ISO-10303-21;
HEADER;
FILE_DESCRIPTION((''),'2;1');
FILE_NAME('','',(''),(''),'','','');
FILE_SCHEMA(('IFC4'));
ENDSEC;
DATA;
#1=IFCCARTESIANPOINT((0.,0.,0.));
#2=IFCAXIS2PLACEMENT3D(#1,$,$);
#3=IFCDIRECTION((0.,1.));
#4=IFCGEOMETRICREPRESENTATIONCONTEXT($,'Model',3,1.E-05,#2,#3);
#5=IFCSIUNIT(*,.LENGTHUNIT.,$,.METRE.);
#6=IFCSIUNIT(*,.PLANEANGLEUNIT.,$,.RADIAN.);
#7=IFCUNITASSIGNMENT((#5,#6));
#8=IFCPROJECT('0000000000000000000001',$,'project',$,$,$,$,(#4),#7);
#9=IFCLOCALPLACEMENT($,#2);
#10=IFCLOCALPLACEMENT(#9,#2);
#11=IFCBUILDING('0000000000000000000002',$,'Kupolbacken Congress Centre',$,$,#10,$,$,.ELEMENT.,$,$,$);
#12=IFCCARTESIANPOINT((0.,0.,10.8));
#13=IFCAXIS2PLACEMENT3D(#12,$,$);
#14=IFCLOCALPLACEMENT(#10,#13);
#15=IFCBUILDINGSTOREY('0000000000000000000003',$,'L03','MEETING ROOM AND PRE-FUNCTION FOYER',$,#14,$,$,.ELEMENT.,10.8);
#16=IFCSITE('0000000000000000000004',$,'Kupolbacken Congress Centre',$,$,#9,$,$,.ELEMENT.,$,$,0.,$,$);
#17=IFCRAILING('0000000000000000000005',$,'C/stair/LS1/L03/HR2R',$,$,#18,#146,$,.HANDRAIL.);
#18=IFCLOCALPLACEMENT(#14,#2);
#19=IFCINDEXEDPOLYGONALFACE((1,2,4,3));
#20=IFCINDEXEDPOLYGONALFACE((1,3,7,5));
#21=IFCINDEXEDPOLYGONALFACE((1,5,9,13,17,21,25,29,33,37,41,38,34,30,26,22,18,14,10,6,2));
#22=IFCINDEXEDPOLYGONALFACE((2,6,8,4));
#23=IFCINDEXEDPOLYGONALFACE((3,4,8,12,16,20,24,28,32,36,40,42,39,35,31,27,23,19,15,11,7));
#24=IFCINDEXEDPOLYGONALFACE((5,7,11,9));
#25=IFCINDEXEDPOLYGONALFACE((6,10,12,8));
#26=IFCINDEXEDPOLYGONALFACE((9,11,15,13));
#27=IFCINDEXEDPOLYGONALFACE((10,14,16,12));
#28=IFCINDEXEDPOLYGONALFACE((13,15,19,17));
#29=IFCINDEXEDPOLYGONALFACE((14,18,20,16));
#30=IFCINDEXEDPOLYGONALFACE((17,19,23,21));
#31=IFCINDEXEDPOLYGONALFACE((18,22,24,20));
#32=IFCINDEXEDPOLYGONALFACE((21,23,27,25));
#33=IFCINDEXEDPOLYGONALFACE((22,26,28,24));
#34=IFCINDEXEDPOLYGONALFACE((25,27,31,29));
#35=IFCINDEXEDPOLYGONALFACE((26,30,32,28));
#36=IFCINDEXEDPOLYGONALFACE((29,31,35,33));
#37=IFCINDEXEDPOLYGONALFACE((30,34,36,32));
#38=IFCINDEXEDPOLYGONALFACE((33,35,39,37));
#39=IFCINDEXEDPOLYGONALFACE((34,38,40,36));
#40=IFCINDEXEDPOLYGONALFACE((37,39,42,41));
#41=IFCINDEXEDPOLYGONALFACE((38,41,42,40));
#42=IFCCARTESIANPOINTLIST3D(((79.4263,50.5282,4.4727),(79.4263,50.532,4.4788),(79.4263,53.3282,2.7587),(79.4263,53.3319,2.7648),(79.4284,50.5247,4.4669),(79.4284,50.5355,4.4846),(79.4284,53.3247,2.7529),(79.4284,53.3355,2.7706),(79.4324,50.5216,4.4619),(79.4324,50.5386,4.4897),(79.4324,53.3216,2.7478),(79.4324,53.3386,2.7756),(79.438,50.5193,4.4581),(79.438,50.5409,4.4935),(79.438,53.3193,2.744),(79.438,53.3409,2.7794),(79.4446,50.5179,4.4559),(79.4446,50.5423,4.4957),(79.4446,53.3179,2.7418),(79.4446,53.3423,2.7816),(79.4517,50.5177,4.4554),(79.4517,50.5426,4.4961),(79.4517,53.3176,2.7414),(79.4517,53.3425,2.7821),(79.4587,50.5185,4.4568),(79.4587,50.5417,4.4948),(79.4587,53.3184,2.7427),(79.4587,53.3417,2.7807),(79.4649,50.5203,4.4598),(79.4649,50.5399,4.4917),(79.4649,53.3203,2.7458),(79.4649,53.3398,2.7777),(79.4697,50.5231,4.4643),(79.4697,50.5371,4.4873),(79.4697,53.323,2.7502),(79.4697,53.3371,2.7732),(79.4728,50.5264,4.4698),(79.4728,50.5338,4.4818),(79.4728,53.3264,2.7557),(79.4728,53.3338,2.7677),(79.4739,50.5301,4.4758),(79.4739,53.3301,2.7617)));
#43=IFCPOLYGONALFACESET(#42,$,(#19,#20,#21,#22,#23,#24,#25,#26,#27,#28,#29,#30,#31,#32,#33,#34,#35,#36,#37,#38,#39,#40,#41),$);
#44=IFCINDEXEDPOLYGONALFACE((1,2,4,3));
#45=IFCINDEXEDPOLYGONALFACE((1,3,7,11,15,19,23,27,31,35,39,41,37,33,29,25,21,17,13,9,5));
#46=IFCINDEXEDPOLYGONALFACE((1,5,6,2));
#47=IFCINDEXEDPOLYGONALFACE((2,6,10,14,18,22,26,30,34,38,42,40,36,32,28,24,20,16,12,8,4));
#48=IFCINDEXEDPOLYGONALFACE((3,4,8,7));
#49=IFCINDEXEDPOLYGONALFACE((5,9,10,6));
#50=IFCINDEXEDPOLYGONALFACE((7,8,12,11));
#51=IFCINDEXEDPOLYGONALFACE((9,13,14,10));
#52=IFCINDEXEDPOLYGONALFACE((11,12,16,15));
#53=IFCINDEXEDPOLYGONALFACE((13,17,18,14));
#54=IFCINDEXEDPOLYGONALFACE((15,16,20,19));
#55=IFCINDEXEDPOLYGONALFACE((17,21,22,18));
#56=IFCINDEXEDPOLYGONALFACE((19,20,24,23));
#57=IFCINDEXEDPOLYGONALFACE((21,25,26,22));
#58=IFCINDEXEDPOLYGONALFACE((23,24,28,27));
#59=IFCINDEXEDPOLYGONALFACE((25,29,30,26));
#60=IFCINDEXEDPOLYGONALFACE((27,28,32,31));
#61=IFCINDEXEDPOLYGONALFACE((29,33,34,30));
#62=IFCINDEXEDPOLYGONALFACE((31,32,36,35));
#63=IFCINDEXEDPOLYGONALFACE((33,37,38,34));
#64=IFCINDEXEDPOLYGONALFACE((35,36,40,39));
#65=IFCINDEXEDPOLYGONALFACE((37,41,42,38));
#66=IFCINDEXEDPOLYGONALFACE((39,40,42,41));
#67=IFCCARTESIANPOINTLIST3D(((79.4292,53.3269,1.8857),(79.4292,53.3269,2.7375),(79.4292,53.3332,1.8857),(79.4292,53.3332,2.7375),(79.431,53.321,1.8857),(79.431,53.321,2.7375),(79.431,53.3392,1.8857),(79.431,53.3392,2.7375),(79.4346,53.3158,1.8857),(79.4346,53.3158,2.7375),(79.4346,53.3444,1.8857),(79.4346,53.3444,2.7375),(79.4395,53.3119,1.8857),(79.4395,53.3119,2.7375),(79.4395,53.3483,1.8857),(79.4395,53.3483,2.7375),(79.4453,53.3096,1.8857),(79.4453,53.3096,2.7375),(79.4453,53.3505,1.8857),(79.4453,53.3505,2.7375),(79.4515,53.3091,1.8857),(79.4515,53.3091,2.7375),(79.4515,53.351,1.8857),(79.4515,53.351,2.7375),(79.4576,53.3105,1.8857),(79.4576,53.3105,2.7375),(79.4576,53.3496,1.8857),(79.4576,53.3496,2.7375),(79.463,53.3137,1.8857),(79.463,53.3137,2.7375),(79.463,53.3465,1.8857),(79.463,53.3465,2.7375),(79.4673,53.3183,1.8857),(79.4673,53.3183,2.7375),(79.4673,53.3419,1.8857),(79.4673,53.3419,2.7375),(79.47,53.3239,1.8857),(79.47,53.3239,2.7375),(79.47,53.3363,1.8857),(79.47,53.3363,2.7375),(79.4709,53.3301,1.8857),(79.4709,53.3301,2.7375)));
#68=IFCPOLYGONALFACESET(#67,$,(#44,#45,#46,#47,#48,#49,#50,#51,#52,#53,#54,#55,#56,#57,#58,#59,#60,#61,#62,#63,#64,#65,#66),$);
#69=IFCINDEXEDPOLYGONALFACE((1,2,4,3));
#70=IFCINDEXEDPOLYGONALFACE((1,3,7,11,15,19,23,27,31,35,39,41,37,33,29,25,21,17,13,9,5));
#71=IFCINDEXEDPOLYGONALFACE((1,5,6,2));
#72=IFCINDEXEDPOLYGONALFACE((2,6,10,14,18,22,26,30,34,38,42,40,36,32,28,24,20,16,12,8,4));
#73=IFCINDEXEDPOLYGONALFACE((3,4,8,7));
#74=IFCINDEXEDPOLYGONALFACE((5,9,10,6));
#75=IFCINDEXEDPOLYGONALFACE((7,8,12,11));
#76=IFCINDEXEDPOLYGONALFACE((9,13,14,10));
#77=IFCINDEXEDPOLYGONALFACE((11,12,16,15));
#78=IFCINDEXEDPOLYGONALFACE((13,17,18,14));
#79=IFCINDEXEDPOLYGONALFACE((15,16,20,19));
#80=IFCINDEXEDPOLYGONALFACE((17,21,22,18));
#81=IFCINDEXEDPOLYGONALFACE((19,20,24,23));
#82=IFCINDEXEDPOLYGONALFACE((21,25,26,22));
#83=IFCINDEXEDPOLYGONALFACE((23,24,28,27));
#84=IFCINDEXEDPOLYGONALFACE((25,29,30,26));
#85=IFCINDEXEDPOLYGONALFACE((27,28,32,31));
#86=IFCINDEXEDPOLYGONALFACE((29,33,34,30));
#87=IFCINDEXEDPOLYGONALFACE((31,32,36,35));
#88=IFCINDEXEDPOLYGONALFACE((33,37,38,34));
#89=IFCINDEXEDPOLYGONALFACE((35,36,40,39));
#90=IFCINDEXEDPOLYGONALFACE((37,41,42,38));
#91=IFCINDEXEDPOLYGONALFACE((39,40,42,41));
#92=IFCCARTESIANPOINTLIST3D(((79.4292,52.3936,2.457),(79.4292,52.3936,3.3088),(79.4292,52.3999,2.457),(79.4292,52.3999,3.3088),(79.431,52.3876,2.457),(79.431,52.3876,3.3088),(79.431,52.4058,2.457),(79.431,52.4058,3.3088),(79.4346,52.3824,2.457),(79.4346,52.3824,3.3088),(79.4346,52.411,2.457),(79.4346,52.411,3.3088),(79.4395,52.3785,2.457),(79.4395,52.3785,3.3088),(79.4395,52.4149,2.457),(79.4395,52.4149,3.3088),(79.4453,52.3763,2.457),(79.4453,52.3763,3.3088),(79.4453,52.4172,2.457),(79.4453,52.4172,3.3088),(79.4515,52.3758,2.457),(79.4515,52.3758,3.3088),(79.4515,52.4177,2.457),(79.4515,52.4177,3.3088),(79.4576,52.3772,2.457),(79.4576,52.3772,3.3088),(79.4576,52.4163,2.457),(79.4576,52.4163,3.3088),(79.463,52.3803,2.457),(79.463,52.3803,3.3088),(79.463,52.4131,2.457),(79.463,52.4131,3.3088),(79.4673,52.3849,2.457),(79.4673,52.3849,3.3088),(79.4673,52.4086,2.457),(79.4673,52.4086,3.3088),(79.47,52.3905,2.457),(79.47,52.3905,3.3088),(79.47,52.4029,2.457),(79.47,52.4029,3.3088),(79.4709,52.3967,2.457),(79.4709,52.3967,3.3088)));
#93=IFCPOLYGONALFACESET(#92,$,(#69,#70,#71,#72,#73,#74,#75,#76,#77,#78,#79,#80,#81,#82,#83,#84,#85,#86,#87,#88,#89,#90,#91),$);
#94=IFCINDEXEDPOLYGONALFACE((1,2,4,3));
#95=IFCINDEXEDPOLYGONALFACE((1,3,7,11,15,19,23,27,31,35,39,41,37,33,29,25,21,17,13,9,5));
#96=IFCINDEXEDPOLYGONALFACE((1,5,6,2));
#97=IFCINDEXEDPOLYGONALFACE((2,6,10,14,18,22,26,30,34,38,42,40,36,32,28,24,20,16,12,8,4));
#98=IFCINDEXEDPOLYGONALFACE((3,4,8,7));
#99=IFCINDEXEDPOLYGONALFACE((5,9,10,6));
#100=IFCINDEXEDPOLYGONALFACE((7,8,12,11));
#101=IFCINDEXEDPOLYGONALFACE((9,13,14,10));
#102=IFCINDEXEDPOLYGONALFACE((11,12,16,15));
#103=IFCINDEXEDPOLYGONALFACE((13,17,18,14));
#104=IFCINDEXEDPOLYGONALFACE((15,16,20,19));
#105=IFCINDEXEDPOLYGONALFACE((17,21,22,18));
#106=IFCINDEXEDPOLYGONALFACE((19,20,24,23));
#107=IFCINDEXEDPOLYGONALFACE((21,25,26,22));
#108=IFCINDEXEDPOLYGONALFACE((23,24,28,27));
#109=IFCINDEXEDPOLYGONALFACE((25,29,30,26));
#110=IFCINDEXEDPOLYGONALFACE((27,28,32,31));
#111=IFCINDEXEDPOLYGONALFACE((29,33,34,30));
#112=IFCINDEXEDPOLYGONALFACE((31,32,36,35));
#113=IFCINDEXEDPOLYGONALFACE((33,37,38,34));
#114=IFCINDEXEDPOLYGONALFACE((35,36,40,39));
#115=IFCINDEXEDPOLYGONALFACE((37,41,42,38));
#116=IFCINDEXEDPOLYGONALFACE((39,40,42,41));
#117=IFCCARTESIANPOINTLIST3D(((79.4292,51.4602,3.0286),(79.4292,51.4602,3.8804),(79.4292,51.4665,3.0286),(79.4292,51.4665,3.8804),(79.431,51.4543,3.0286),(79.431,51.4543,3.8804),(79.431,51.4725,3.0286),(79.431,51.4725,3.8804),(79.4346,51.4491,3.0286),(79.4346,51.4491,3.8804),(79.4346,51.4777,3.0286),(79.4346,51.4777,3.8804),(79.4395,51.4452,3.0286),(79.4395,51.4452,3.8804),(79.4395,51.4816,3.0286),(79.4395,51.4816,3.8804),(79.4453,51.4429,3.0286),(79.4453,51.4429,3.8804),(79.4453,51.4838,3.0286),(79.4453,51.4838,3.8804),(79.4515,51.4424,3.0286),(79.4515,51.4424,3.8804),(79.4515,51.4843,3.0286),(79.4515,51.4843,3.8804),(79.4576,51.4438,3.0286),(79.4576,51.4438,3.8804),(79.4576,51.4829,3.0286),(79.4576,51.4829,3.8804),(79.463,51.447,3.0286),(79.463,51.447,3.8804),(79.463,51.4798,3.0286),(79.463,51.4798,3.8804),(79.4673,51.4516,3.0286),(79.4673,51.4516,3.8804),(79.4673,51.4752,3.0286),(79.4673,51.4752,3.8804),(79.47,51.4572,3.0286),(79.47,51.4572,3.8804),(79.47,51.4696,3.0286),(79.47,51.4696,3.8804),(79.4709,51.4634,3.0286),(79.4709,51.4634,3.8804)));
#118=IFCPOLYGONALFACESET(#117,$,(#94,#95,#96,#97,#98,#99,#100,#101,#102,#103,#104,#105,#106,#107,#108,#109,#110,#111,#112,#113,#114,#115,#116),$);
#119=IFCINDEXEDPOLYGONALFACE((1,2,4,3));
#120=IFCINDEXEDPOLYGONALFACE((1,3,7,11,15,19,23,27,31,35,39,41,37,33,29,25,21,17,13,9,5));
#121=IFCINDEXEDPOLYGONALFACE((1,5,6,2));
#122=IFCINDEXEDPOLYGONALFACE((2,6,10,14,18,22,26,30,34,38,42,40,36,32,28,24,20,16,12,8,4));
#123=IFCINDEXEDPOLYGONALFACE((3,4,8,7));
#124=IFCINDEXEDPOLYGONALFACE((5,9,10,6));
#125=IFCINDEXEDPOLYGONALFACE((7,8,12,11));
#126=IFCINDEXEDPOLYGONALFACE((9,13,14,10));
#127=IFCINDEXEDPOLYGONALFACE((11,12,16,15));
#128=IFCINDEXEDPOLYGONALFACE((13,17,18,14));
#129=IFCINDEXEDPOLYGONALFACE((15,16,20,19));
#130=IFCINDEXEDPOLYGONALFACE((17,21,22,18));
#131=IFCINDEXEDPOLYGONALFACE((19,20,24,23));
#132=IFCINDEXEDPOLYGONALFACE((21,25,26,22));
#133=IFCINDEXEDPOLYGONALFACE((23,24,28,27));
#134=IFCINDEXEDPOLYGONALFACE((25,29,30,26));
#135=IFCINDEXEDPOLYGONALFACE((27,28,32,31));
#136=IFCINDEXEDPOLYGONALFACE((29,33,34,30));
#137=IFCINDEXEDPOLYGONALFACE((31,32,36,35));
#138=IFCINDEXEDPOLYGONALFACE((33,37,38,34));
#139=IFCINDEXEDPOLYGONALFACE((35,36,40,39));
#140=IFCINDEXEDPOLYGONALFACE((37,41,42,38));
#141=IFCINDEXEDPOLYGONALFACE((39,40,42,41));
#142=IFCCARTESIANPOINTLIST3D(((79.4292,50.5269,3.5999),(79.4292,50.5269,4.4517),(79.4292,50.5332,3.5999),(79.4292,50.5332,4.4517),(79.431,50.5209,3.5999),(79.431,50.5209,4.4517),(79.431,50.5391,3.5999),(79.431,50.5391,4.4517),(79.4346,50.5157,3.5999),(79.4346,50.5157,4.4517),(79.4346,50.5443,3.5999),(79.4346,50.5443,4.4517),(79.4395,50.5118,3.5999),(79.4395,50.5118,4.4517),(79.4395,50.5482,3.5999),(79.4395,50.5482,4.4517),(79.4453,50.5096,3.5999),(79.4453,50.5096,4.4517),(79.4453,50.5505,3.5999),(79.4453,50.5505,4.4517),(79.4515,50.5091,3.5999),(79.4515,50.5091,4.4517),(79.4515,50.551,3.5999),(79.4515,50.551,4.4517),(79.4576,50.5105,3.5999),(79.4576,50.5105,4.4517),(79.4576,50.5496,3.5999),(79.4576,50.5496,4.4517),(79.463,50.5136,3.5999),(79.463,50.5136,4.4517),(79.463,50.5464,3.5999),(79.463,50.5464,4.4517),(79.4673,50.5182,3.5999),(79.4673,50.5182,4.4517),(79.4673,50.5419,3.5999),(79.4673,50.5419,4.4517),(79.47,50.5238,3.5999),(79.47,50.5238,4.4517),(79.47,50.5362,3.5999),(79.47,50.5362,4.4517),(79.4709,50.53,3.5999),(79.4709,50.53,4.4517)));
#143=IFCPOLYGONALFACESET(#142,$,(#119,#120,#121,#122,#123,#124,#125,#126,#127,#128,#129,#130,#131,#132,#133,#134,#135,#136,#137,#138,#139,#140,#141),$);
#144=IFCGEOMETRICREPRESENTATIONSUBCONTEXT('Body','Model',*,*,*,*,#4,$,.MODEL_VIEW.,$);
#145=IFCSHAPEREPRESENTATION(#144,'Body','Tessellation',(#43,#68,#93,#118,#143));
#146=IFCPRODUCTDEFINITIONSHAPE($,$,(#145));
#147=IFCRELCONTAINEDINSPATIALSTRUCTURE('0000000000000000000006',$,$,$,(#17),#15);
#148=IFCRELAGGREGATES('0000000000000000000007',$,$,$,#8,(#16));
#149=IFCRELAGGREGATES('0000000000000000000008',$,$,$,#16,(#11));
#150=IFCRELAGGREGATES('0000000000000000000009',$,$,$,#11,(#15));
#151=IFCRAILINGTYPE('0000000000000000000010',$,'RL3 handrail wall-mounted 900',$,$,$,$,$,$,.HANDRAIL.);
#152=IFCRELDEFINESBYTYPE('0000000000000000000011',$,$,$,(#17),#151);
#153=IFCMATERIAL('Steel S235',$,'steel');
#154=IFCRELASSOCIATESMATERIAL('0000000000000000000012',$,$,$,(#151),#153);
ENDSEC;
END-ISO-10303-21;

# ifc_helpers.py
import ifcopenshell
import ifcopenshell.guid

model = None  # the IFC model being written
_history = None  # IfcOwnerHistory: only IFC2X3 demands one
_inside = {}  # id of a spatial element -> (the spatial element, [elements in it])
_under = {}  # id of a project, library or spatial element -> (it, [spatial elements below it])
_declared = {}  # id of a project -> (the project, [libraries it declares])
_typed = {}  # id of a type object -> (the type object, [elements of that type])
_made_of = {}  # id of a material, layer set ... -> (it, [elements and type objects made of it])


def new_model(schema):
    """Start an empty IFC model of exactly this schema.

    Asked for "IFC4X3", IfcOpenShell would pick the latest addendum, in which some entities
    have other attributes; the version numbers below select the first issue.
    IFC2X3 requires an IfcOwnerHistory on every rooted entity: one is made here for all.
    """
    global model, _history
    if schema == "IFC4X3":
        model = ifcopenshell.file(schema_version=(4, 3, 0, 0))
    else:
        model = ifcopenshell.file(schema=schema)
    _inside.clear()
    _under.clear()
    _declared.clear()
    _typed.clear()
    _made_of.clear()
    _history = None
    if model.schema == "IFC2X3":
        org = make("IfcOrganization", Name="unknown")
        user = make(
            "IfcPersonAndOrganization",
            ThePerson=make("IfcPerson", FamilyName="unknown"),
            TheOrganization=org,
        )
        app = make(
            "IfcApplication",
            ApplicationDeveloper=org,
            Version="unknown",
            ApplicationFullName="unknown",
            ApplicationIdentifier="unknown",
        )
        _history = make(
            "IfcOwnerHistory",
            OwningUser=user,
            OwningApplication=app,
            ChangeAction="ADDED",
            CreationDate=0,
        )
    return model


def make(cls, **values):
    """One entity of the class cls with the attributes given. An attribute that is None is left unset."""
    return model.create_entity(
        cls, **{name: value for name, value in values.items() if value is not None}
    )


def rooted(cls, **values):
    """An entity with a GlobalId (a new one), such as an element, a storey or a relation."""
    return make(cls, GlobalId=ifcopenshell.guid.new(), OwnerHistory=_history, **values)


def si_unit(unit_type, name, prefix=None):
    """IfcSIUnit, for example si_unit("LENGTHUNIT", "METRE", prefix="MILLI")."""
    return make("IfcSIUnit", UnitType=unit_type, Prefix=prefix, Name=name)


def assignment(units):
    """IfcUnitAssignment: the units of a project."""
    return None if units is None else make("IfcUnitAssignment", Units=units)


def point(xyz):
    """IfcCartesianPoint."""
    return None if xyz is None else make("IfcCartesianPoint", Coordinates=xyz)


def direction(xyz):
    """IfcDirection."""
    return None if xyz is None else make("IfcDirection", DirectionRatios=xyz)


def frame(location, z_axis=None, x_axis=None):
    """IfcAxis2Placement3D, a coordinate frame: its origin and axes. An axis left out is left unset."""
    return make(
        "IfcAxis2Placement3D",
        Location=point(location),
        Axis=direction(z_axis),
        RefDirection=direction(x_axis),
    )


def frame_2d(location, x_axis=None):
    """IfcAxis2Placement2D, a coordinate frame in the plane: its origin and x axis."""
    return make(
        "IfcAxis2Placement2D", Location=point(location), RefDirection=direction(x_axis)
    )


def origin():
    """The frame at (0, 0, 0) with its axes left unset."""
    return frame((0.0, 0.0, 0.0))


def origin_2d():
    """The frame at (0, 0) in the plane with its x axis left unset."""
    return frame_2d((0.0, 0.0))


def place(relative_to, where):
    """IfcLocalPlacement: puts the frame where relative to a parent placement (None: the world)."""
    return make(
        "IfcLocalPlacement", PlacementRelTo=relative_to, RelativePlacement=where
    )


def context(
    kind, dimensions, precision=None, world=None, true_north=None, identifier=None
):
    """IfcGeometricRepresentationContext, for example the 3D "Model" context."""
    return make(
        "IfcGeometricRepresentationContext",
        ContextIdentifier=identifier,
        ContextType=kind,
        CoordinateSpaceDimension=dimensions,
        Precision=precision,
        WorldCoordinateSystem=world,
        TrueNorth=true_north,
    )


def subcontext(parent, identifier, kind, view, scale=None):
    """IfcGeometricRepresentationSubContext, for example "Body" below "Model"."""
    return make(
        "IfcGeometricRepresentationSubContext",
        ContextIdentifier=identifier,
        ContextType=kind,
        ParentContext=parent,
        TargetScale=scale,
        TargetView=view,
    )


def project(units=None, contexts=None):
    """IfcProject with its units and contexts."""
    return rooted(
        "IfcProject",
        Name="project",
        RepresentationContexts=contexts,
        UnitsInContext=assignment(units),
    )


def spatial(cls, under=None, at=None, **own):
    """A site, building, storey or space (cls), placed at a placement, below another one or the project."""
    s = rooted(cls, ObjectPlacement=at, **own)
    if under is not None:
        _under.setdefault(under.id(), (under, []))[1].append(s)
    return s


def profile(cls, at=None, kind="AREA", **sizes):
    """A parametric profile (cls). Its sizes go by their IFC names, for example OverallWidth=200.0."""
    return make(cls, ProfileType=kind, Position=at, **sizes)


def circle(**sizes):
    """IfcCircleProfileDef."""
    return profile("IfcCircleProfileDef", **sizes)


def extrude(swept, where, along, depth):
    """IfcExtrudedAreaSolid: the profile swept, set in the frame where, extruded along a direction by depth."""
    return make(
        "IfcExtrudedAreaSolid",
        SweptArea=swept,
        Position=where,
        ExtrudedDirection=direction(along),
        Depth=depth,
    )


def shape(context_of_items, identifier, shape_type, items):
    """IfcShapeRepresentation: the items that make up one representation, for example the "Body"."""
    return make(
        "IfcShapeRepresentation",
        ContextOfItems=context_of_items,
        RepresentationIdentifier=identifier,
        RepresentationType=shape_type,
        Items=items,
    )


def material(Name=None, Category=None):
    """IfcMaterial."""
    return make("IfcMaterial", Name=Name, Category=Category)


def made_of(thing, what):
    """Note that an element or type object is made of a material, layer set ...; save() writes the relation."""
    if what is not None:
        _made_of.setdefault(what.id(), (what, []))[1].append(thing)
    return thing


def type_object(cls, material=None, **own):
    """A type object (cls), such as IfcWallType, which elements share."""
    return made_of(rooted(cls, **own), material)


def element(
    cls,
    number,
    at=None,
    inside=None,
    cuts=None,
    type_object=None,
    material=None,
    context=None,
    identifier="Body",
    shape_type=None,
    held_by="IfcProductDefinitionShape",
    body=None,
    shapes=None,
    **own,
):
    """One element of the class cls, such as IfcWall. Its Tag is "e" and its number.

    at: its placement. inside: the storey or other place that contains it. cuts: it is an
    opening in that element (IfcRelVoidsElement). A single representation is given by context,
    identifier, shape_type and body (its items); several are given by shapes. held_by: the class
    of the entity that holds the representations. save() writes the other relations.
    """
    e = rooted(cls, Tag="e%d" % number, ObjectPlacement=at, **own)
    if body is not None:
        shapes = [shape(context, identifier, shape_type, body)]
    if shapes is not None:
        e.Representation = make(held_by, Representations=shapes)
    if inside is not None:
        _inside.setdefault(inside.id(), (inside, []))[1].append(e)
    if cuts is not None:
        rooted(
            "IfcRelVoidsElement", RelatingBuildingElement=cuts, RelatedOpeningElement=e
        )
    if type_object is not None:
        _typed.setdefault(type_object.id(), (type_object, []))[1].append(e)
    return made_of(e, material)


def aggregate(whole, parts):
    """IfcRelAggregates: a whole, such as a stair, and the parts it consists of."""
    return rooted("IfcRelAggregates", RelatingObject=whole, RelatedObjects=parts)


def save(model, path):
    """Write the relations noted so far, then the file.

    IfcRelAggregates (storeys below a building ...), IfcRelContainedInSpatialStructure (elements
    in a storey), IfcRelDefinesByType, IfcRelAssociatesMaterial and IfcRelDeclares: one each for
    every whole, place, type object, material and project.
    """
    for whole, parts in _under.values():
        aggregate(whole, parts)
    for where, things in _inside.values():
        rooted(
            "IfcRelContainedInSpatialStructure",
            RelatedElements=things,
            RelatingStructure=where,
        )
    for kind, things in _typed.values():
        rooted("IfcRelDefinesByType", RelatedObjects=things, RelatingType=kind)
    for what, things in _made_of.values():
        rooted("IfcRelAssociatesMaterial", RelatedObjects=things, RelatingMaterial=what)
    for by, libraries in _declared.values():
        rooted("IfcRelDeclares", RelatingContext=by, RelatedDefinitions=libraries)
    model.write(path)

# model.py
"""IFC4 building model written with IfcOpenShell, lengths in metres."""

from ifc_helpers import new_model, si_unit, direction, frame, origin, origin_2d, place, context, subcontext, project, spatial, circle, extrude, material, type_object, element, save


model = new_model("IFC4")

# Units and contexts
model_context = context("Model", 3, precision=1e-05, world=origin(), true_north=direction((0.0, 1.0)))
body_context = subcontext(model_context, "Body", "Model", "MODEL_VIEW")
ifc_project = project(units=[si_unit("LENGTHUNIT", "METRE"), si_unit("PLANEANGLEUNIT", "RADIAN")], contexts=[model_context])

# Site, building, storey
site_placement = place(None, origin())
site = spatial("IfcSite", under=ifc_project, at=site_placement, Name="Kupolbacken Congress Centre", CompositionType="ELEMENT", RefElevation=0.0)
building_placement = place(site_placement, origin())
building = spatial("IfcBuilding", under=site, at=building_placement, Name="Kupolbacken Congress Centre", CompositionType="ELEMENT")
storey_placement = place(building_placement, frame((0.0, 0.0, 10.8)))
storey = spatial("IfcBuildingStorey", under=building, at=storey_placement, Name="L03", Description="MEETING ROOM AND PRE-FUNCTION FOYER", CompositionType="ELEMENT", Elevation=10.8)

# Railing
ifc_material_1 = material(Name="Steel S235", Category="steel")
railing_type = type_object("IfcRailingType", Name="RL3 handrail wall-mounted 900", PredefinedType="HANDRAIL", material=ifc_material_1)
railing_placement = place(storey_placement, frame((79.45, 53.3301, 1.8857)))
element("IfcRailing", 1, at=railing_placement, inside=storey, type_object=railing_type, Name="C/stair/LS1/L03/HR2R", PredefinedType="HANDRAIL", context=body_context, shape_type="SweptSolid", body=[
    extrude(circle(Radius=0.0239, at=origin_2d()), frame((0.0, 0.0, 0.876), z_axis=(0.0, -0.852879, 0.522109), x_axis=(1.0, 0.0, 0.0)), (0.0, 0.0, 1.0), 3.283),
    extrude(circle(Radius=0.021, at=origin_2d()), origin(), (0.0, 0.0, 1.0), 0.8518),
    extrude(circle(Radius=0.021, at=origin_2d()), frame((0.0, -0.9333, 0.5713)), (0.0, 0.0, 1.0), 0.8518),
    extrude(circle(Radius=0.021, at=origin_2d()), frame((0.0, -1.8667, 1.1428)), (0.0, 0.0, 1.0), 0.8518),
    extrude(circle(Radius=0.021, at=origin_2d()), frame((0.0, -2.8, 1.7141)), (0.0, 0.0, 1.0), 0.8518),
])

save(model, "model.ifc")
